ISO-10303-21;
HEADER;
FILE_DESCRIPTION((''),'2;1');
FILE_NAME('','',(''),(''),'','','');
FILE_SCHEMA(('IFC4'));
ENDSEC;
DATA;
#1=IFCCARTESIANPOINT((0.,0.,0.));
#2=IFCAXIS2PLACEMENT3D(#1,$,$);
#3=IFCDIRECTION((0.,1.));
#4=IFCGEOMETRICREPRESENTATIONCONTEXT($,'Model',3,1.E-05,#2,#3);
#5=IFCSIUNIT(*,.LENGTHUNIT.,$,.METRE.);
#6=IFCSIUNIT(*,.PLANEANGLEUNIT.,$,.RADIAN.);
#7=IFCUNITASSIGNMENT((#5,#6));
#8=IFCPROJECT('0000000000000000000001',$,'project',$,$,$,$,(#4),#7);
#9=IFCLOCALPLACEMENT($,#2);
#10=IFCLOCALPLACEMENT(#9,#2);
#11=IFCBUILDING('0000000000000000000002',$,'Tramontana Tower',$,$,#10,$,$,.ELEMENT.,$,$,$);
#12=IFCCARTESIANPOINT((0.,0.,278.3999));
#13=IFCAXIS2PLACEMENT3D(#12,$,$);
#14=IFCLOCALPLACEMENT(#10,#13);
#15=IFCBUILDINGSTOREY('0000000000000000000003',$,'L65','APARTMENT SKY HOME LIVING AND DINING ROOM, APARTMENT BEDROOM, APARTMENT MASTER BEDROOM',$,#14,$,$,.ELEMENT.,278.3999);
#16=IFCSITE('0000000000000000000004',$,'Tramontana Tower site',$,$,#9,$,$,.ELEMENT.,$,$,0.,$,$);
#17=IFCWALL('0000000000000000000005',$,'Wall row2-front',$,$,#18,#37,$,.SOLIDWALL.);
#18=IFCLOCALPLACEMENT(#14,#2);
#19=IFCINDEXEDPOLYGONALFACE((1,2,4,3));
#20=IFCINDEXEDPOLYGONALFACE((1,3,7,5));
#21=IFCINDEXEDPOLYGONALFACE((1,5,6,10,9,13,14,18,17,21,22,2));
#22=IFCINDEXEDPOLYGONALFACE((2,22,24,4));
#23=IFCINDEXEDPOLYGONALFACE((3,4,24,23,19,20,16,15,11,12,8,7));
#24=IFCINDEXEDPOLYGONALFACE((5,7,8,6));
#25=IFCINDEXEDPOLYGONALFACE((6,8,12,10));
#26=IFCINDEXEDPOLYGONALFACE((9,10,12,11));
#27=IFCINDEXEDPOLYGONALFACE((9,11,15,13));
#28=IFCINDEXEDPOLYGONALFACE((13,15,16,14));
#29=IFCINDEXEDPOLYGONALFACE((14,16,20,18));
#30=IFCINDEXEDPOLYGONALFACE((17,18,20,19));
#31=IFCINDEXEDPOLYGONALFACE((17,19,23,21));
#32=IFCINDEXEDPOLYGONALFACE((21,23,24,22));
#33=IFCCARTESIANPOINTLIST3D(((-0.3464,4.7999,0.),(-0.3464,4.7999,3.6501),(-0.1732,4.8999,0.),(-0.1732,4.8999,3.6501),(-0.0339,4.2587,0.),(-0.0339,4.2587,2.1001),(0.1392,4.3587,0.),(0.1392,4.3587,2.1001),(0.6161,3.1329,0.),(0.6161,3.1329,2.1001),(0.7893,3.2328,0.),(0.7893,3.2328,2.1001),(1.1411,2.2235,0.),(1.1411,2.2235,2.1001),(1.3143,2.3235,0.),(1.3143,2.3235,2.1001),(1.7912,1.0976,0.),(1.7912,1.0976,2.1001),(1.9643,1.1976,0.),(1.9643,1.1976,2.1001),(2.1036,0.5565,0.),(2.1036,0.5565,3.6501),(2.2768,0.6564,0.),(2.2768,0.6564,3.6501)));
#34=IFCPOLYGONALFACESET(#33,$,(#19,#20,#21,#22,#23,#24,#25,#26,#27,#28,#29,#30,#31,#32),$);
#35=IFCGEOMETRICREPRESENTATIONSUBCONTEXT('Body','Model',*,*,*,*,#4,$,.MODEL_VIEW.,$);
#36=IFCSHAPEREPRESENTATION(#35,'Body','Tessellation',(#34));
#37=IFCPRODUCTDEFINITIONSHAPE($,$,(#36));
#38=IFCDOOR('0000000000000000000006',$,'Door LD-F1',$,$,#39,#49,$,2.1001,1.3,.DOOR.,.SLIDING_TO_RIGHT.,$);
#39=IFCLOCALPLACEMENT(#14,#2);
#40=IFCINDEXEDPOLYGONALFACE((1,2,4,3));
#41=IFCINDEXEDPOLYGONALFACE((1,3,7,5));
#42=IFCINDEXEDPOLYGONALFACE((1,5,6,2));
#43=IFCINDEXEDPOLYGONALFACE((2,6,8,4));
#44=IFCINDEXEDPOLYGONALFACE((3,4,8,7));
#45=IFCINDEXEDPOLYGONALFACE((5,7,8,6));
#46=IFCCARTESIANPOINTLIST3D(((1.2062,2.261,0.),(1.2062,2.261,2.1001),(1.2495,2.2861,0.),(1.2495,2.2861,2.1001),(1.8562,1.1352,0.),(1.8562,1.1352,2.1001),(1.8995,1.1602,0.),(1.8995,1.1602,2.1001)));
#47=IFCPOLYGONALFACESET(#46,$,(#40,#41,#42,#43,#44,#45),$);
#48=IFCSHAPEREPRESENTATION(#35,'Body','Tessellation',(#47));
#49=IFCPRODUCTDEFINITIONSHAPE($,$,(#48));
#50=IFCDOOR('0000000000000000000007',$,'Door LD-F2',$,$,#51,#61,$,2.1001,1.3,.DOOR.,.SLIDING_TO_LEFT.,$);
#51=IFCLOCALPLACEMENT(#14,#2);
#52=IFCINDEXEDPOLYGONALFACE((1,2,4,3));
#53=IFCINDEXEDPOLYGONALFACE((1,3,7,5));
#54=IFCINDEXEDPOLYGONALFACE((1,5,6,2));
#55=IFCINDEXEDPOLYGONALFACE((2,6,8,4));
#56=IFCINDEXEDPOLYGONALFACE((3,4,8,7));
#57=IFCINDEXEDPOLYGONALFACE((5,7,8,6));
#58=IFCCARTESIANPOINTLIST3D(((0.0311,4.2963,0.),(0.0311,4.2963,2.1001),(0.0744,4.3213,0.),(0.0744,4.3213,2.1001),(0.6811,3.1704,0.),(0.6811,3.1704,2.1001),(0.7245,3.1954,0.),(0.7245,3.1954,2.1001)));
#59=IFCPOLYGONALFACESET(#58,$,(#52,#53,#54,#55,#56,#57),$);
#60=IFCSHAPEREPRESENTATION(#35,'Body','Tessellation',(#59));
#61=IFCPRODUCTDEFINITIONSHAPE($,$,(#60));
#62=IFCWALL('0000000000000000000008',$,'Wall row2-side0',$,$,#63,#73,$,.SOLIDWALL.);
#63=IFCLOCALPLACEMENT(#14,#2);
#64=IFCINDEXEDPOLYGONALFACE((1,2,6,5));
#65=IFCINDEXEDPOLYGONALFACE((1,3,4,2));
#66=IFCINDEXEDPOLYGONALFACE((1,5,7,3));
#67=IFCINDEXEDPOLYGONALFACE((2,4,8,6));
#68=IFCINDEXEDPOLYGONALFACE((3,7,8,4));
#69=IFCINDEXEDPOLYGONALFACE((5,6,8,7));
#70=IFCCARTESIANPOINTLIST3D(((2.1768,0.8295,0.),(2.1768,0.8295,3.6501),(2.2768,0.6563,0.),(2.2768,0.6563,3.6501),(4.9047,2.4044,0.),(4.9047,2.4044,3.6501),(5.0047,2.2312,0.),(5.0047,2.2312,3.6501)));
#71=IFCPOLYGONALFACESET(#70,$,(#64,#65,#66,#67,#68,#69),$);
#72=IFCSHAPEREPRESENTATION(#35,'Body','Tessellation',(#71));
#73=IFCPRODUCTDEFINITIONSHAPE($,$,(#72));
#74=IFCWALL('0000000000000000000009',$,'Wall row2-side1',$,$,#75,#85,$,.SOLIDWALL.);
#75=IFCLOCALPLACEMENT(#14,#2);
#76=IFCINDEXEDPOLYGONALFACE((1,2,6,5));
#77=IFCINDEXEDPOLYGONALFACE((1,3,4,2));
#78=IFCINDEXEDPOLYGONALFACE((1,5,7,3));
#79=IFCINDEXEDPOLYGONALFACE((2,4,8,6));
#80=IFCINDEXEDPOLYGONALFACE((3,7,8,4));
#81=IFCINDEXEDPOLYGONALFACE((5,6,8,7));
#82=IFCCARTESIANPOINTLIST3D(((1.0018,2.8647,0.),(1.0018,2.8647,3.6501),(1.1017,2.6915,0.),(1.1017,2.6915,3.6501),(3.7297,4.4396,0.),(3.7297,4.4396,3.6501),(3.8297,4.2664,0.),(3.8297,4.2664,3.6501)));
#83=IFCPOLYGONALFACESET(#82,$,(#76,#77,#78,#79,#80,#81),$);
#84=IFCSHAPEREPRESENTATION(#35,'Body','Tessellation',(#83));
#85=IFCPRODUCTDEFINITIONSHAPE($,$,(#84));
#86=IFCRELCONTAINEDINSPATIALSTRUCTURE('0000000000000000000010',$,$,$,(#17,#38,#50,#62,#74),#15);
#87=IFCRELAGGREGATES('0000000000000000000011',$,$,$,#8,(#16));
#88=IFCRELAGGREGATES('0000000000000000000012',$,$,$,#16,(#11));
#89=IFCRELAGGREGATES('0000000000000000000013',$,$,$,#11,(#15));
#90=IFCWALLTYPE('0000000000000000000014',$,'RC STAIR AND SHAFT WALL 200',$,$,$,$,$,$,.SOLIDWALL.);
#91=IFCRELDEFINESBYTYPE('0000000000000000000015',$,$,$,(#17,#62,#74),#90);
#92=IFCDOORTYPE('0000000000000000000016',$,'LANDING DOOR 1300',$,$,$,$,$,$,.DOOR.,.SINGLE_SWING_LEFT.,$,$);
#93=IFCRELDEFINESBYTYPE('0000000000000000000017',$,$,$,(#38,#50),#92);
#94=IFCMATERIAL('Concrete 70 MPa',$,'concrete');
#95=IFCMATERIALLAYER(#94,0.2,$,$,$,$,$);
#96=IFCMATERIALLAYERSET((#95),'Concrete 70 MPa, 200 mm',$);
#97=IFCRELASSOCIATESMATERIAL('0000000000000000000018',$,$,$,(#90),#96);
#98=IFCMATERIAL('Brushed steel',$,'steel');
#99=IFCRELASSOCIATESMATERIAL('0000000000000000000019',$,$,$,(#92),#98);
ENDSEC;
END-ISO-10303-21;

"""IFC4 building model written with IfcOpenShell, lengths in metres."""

from ifc_helpers import new_model, si_unit, direction, frame, frame_2d, origin, place, context, subcontext, project, spatial, rectangle, extrude, material, layer, layer_set, type_object, element, fill, save


model = new_model("IFC4")

# Units and contexts
model_context = context("Model", 3, precision=1e-05, world=origin(), true_north=direction((0.0, 1.0)))
body_context = subcontext(model_context, "Body", "Model", "MODEL_VIEW")
ifc_project = project(units=[si_unit("LENGTHUNIT", "METRE"), si_unit("PLANEANGLEUNIT", "RADIAN")], contexts=[model_context])

# Site, building, storey
site_placement = place(None, origin())
site = spatial("IfcSite", under=ifc_project, at=site_placement, Name="Tramontana Tower site", CompositionType="ELEMENT", RefElevation=0.0)
building_placement = place(site_placement, origin())
building = spatial("IfcBuilding", under=site, at=building_placement, Name="Tramontana Tower", CompositionType="ELEMENT")
storey_placement = place(building_placement, frame((0.0, 0.0, 278.3999)))
storey = spatial("IfcBuildingStorey", under=building, at=storey_placement, Name="L65", Description="APARTMENT SKY HOME LIVING AND DINING ROOM, APARTMENT BEDROOM, APARTMENT MASTER BEDROOM", CompositionType="ELEMENT", Elevation=278.3999)

# Wall, openings, doors
ifc_material_1 = material(Name="Concrete 70 MPa", Category="concrete")
ifc_layer_1 = layer(ifc_material_1, 0.2)
ifc_layer_set_1 = layer_set([ifc_layer_1], Name="Concrete 70 MPa, 200 mm")
wall_type_1 = type_object("IfcWallType", Name="RC STAIR AND SHAFT WALL 200", PredefinedType="SOLIDWALL", material=ifc_layer_set_1)
wall_1_placement = place(storey_placement, frame((2.1902, 0.6064, 0.0), z_axis=(0.0, 0.0, 1.0), x_axis=(-0.500003, 0.866024, 0.0)))
wall_1 = element("IfcWall", 1, at=wall_1_placement, inside=storey, type_object=wall_type_1, Name="Wall row2-front", PredefinedType="SOLIDWALL", context=body_context, shape_type="SweptSolid", body=[
    extrude(rectangle(XDim=4.8999, YDim=0.2, at=frame_2d((2.45, 0.0))), origin(), (0.0, 0.0, 1.0), 3.6501),
])
opening_1_placement = place(wall_1_placement, frame((0.625, 0.0, 0.0)))
opening_1 = element("IfcOpeningElement", 2, at=opening_1_placement, cuts=wall_1, PredefinedType="OPENING", context=body_context, shape_type="SweptSolid", body=[
    extrude(rectangle(XDim=1.3, YDim=2.1001, at=frame_2d((0.6499, 1.05))), frame((0.0, 0.1099, 0.0), z_axis=(0.0, -1.0, 0.0), x_axis=(1.0, 0.0, 0.0)), (0.0, 0.0, 1.0), 0.22),
])
opening_2_placement = place(wall_1_placement, frame((2.9751, 0.0, 0.0)))
opening_2 = element("IfcOpeningElement", 3, at=opening_2_placement, cuts=wall_1, PredefinedType="OPENING", context=body_context, shape_type="SweptSolid", body=[
    extrude(rectangle(XDim=1.3, YDim=2.1001, at=frame_2d((0.6499, 1.05))), frame((0.0, 0.1099, 0.0), z_axis=(0.0, -1.0, 0.0), x_axis=(1.0, 0.0, 0.0)), (0.0, 0.0, 1.0), 0.22),
])
ifc_material_2 = material(Name="Brushed steel", Category="steel")
door_type_1 = type_object("IfcDoorType", Name="LANDING DOOR 1300", OperationType="SINGLE_SWING_LEFT", PredefinedType="DOOR", material=ifc_material_2)
door_1_placement = place(opening_1_placement, origin())
door_1 = element("IfcDoor", 4, at=door_1_placement, inside=storey, type_object=door_type_1, Name="Door LD-F1", OperationType="SLIDING_TO_RIGHT", OverallHeight=2.1001, OverallWidth=1.3, PredefinedType="DOOR", context=body_context, shape_type="SweptSolid", body=[
    extrude(rectangle(XDim=1.3, YDim=2.1001, at=frame_2d((0.6499, 1.05))), frame((0.0, 0.0249, 0.0), z_axis=(0.0, -1.0, 0.0), x_axis=(1.0, 0.0, 0.0)), (0.0, 0.0, 1.0), 0.05),
])
fill(opening_1, door_1)
door_2_placement = place(opening_2_placement, origin())
door_2 = element("IfcDoor", 5, at=door_2_placement, inside=storey, type_object=door_type_1, Name="Door LD-F2", OperationType="SLIDING_TO_LEFT", OverallHeight=2.1001, OverallWidth=1.3, PredefinedType="DOOR", context=body_context, shape_type="SweptSolid", body=[
    extrude(rectangle(XDim=1.3, YDim=2.1001, at=frame_2d((0.6499, 1.05))), frame((0.0, 0.0249, 0.0), z_axis=(0.0, -1.0, 0.0), x_axis=(1.0, 0.0, 0.0)), (0.0, 0.0, 1.0), 0.05),
])
fill(opening_2, door_2)

# Walls
for number, where, z_axis, x_axis, name in (
    (6, (2.2268, 0.7429, 0.0), (0.0, 0.0, 1.0), (0.866036, 0.499982, 0.0), "Wall row2-side0"),
    (7, (1.0518, 2.7781, 0.0), (0.0, 0.0, 1.0), (0.866036, 0.499982, 0.0), "Wall row2-side1"),
):
    element("IfcWall", number, at=place(storey_placement, frame(where, z_axis=z_axis, x_axis=x_axis)), inside=storey, type_object=wall_type_1, Name=name, PredefinedType="SOLIDWALL", context=body_context, shape_type="SweptSolid", body=[
        extrude(rectangle(XDim=3.1499, YDim=0.2, at=frame_2d((1.575, 0.0))), origin(), (0.0, 0.0, 1.0), 3.6501),
    ])

save(model, "model.ifc")
